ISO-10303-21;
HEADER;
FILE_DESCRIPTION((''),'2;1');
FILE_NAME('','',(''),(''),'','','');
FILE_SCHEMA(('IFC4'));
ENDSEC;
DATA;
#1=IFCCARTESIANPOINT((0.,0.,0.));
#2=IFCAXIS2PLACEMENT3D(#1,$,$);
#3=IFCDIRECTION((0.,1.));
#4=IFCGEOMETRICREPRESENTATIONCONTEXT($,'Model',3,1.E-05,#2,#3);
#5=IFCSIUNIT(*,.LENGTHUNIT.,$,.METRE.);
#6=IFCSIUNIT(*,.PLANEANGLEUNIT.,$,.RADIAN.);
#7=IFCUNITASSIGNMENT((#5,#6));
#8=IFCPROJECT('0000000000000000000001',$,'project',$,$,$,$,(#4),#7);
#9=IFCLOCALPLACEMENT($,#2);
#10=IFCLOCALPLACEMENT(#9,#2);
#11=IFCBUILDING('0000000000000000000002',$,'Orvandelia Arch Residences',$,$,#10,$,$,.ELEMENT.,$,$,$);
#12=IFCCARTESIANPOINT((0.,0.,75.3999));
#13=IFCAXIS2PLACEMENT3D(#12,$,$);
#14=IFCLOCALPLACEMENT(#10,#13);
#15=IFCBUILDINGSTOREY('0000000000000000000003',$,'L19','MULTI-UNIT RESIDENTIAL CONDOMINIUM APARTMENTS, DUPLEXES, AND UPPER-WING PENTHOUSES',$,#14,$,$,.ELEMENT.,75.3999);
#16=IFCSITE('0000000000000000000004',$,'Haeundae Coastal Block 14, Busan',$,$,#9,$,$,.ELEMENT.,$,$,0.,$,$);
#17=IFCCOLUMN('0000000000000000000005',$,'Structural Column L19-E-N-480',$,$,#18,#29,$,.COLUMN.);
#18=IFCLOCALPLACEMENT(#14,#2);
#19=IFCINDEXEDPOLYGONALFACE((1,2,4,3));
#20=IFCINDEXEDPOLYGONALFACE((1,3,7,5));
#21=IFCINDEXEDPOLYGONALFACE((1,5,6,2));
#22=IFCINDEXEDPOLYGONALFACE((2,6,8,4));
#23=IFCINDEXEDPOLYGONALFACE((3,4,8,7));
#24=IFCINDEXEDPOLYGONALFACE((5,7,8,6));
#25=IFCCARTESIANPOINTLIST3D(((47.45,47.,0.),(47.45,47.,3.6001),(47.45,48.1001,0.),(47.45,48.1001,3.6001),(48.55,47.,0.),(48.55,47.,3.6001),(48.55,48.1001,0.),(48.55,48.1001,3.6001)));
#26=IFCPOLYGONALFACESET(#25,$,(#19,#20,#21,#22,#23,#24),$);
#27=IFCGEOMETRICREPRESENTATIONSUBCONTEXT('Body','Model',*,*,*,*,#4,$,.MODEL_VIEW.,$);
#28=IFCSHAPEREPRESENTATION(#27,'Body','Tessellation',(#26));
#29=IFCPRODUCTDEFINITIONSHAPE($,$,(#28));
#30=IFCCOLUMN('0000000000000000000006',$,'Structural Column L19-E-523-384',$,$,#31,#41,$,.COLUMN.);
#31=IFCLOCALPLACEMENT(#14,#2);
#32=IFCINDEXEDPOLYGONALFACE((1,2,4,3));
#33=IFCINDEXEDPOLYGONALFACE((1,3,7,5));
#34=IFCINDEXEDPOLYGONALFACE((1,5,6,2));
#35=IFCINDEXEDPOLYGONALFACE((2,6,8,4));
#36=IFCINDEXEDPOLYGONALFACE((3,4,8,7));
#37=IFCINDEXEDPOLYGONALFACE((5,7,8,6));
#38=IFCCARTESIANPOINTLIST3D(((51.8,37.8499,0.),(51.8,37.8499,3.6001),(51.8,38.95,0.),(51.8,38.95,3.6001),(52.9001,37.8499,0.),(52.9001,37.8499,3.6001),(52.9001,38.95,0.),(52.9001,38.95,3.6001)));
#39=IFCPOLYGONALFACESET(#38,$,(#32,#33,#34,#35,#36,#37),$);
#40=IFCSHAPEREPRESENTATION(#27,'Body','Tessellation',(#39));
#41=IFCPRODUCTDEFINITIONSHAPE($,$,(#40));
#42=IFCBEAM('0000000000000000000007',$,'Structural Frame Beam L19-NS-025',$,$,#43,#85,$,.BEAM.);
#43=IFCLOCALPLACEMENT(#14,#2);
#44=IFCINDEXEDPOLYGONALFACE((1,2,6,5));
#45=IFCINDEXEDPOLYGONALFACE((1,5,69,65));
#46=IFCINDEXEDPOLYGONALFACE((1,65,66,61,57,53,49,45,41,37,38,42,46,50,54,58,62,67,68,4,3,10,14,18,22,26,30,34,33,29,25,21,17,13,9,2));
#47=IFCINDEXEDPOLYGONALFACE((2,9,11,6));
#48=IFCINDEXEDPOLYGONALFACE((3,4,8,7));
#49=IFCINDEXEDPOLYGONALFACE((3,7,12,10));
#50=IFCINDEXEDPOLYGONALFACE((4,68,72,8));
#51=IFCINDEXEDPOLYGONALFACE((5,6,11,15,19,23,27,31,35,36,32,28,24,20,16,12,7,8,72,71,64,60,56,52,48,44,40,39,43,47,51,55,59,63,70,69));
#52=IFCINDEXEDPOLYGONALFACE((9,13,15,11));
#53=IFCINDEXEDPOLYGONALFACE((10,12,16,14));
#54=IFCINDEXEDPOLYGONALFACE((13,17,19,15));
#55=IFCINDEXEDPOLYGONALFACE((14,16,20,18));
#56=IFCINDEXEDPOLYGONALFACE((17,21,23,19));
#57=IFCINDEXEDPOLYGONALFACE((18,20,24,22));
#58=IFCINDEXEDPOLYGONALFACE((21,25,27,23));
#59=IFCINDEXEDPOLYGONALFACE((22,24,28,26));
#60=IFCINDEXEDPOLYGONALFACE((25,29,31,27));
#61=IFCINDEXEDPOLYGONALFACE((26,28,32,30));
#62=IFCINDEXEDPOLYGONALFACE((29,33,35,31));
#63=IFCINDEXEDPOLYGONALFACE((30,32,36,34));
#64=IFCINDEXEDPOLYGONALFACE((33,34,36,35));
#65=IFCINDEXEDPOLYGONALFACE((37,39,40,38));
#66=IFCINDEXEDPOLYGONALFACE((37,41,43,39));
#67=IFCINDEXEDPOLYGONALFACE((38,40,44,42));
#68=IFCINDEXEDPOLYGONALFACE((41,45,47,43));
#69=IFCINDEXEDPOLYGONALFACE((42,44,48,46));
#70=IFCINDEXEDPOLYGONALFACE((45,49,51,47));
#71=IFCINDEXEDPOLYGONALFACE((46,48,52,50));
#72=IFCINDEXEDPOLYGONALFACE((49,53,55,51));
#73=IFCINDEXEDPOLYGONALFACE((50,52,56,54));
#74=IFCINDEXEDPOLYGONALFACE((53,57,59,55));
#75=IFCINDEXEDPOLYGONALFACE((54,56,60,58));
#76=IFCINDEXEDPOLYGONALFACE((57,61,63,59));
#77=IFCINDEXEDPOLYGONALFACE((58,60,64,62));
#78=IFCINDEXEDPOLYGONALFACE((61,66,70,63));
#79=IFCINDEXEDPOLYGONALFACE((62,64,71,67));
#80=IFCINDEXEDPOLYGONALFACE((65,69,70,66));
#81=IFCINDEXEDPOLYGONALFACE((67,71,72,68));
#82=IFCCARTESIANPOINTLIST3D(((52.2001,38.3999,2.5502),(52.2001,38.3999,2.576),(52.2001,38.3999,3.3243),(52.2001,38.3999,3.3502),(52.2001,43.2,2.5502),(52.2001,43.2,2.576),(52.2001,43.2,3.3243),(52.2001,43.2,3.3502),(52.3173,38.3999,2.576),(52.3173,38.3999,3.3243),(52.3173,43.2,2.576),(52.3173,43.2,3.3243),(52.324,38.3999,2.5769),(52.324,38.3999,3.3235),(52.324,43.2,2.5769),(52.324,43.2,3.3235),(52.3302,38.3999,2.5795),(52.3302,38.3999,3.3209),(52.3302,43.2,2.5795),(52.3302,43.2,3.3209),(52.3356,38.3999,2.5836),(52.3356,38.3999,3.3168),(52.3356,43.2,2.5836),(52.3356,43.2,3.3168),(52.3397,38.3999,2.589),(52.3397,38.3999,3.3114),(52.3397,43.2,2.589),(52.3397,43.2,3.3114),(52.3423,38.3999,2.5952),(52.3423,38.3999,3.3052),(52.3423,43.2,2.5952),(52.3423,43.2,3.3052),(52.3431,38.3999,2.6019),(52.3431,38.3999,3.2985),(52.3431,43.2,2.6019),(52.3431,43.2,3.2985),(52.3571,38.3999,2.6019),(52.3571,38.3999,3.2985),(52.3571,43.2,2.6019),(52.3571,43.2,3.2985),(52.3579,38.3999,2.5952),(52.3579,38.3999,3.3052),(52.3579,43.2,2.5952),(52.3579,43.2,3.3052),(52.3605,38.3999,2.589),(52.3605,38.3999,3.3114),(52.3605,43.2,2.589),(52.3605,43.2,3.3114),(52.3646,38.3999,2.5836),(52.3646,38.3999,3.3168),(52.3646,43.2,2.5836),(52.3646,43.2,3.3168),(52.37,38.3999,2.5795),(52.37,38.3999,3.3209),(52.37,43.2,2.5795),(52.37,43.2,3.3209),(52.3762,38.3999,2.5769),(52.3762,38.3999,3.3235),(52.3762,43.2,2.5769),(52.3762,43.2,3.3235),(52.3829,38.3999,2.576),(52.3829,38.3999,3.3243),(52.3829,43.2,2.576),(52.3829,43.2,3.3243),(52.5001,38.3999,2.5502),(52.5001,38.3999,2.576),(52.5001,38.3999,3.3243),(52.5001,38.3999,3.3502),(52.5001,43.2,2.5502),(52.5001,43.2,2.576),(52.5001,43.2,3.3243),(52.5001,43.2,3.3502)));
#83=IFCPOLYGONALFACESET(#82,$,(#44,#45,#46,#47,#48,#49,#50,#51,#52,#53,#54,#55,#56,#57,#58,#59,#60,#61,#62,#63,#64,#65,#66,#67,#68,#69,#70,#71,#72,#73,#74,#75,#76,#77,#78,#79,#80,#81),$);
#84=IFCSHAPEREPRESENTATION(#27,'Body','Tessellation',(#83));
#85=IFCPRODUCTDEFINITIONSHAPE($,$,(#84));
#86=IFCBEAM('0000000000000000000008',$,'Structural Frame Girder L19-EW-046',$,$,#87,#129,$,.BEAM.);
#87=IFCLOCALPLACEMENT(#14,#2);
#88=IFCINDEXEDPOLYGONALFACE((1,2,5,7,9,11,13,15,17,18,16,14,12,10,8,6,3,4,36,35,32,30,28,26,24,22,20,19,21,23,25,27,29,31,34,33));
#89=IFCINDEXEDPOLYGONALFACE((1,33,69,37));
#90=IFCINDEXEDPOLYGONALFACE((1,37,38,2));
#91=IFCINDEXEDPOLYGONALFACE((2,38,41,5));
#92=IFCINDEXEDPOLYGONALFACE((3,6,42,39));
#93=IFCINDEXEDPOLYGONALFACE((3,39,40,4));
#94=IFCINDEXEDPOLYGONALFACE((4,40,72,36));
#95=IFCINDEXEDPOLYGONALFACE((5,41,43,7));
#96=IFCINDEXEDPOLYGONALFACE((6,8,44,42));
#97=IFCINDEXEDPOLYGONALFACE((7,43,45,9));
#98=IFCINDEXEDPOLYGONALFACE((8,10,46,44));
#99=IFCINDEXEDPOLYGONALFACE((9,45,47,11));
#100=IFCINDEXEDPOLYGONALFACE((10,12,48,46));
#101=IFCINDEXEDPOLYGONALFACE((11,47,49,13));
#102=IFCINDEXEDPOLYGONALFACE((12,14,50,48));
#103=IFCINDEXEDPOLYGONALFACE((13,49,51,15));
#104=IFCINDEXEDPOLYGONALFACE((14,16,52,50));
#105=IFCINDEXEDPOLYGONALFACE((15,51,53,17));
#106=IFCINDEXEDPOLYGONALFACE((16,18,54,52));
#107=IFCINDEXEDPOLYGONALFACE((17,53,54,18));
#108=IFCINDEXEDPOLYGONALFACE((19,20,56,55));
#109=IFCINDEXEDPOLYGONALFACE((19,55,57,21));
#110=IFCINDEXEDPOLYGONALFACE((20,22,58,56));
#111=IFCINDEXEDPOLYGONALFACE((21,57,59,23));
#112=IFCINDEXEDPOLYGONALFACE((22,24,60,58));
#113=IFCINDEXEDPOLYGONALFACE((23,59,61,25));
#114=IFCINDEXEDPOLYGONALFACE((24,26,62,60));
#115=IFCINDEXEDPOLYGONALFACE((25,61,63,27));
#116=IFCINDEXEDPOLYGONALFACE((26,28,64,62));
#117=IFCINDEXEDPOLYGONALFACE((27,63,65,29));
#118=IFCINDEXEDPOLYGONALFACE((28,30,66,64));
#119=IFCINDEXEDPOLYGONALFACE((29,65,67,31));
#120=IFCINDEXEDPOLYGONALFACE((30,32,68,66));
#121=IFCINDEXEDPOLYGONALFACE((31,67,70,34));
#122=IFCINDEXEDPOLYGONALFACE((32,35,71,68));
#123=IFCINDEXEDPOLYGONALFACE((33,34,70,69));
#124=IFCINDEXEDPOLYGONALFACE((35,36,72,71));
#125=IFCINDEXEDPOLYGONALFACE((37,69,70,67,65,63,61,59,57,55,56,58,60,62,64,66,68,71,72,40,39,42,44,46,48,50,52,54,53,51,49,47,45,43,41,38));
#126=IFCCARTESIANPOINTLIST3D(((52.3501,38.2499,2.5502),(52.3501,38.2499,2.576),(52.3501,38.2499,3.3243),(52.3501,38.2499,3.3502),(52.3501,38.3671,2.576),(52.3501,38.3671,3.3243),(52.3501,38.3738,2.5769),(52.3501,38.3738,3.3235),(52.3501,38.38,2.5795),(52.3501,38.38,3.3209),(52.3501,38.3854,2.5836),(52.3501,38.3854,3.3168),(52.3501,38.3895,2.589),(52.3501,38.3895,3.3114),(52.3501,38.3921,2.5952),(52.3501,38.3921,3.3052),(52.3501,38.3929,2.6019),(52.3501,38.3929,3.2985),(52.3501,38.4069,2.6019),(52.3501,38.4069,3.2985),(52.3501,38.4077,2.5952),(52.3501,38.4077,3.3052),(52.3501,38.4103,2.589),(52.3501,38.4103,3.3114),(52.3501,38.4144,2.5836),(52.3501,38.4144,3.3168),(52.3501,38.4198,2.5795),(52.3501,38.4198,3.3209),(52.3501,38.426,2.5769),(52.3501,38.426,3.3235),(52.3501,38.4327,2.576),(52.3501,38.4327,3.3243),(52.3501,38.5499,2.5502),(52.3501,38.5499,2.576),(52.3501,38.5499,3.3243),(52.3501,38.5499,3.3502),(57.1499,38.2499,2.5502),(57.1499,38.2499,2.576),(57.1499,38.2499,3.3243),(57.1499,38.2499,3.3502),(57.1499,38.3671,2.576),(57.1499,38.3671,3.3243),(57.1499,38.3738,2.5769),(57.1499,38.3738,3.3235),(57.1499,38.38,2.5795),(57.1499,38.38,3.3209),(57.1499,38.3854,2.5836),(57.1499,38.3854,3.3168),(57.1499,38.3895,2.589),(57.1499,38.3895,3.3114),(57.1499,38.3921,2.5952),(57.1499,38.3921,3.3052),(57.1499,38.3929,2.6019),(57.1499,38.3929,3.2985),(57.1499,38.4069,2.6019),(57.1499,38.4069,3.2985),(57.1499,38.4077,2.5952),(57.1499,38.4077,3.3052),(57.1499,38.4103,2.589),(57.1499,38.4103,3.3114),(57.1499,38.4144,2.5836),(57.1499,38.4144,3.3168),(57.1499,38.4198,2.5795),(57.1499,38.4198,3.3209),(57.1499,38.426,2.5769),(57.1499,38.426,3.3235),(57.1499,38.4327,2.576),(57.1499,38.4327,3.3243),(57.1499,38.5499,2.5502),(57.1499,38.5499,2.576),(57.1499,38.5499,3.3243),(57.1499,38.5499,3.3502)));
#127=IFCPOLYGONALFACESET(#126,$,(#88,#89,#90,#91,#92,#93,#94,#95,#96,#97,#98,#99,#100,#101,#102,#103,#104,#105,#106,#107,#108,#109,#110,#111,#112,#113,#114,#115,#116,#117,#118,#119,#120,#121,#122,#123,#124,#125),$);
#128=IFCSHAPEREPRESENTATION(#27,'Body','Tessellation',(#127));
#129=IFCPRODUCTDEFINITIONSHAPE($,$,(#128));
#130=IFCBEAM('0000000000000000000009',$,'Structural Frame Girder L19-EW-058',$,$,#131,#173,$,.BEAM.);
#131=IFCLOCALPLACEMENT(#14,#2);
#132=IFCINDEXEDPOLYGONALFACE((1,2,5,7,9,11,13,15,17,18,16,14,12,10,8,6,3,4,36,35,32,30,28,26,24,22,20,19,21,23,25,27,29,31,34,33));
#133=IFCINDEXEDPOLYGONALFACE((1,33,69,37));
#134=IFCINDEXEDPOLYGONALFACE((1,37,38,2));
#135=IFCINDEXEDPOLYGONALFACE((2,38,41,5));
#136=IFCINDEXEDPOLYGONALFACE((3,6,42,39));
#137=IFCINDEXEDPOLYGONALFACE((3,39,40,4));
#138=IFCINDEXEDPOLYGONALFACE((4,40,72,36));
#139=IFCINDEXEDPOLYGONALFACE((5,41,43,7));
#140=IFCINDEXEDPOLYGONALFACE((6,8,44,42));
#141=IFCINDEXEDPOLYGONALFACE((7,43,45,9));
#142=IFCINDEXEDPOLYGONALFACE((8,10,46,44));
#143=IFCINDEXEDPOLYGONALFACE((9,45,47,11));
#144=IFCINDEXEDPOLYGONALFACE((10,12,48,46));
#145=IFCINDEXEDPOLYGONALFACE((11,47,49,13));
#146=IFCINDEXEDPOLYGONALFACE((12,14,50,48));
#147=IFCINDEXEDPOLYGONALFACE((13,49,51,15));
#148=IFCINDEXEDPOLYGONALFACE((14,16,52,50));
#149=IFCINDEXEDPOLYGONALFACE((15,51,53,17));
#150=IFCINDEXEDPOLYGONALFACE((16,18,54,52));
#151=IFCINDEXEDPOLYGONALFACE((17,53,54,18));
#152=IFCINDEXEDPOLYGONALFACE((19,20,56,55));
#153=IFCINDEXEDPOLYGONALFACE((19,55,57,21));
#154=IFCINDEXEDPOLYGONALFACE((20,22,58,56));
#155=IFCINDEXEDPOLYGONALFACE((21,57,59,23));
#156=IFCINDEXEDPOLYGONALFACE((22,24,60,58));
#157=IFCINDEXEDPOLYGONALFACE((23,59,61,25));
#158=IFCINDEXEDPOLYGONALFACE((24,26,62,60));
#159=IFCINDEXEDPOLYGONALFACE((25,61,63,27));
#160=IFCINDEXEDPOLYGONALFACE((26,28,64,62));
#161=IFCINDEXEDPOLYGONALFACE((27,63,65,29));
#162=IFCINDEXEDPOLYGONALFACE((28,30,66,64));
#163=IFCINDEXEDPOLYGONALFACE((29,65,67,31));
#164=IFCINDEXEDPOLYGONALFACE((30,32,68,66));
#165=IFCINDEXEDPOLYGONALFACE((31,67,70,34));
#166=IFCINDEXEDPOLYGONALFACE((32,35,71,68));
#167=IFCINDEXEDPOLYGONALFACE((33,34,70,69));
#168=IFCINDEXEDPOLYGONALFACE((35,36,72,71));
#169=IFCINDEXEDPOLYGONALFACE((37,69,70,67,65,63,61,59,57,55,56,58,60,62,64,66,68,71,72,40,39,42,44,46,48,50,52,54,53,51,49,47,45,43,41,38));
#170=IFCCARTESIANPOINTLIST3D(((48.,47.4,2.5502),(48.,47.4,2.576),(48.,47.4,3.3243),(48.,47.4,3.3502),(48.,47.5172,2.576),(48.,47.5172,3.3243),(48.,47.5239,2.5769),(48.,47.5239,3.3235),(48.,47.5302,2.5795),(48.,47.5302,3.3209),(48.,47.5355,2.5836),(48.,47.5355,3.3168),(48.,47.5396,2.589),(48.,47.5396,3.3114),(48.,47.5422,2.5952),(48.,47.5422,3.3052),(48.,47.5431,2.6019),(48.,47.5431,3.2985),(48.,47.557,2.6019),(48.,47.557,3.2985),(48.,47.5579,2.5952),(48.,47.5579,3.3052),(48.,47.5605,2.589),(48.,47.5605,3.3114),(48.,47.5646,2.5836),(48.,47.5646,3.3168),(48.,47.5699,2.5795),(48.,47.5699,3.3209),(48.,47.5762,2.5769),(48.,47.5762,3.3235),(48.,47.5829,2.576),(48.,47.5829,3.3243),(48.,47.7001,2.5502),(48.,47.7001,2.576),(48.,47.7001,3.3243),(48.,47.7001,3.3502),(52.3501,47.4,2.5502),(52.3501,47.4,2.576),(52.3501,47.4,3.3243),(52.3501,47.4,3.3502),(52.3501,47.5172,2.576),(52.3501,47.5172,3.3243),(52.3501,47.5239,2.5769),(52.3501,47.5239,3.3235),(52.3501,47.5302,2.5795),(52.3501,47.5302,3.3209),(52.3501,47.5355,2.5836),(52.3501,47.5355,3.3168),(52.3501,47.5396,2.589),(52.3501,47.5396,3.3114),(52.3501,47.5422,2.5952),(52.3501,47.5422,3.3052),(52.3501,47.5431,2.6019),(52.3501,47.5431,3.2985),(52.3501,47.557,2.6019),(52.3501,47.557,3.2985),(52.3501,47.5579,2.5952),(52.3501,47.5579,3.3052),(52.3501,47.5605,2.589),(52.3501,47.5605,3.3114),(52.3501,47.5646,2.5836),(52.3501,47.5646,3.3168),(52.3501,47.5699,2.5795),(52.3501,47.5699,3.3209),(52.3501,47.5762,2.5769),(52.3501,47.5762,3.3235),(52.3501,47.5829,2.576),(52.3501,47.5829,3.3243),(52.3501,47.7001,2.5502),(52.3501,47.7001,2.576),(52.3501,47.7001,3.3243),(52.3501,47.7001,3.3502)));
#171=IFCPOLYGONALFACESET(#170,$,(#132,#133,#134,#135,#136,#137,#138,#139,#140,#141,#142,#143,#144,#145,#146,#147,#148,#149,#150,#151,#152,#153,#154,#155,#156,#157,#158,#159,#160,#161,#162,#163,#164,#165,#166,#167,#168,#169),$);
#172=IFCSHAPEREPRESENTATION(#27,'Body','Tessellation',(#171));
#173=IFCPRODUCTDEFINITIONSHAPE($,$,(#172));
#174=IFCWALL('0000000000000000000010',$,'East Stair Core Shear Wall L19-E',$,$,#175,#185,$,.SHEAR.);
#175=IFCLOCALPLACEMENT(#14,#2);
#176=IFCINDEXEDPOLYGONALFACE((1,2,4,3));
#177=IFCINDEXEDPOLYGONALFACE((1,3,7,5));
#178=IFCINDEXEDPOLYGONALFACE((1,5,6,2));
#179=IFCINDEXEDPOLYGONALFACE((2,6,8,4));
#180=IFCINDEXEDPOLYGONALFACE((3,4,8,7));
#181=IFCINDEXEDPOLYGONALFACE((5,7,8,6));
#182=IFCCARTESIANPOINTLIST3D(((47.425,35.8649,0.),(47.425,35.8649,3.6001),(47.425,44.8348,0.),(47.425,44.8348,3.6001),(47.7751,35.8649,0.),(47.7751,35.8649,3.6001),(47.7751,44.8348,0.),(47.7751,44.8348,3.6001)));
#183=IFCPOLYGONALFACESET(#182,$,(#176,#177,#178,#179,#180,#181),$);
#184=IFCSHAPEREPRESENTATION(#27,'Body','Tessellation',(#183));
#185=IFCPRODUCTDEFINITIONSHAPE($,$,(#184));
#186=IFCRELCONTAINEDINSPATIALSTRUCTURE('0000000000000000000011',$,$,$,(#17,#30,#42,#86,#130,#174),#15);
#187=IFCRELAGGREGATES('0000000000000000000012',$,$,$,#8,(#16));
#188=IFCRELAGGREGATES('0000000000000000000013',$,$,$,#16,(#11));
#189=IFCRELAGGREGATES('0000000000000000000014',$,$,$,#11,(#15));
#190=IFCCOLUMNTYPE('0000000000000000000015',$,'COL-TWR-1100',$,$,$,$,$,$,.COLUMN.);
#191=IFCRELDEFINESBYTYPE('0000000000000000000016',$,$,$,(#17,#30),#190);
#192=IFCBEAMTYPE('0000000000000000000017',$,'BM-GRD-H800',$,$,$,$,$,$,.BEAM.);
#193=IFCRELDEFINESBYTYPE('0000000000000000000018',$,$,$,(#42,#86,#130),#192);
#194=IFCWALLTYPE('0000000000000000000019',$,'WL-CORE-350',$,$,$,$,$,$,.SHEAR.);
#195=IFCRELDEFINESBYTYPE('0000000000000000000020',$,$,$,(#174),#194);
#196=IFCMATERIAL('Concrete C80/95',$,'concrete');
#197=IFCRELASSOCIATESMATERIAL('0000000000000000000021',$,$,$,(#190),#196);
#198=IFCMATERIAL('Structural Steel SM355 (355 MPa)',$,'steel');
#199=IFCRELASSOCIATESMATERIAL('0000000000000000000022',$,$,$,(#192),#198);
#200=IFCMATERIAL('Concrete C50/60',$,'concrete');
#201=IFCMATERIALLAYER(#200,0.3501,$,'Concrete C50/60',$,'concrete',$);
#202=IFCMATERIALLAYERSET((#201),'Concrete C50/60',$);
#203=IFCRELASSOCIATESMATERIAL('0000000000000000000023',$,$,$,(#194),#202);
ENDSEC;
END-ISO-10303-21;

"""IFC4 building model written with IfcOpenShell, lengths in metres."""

from ifc_helpers import new_model, si_unit, direction, frame, frame_2d, origin, origin_2d, place, context, subcontext, project, spatial, rectangle, i_section, extrude, material, layer, layer_set, material_profile, profile_set, type_object, element, save


model = new_model("IFC4")

# Units and contexts
model_context = context("Model", 3, precision=1e-05, world=origin(), true_north=direction((0.0, 1.0)))
body_context = subcontext(model_context, "Body", "Model", "MODEL_VIEW")
ifc_project = project(units=[si_unit("LENGTHUNIT", "METRE"), si_unit("PLANEANGLEUNIT", "RADIAN")], contexts=[model_context])

# Site, building, storey
site_placement = place(None, origin())
site = spatial("IfcSite", under=ifc_project, at=site_placement, Name="Haeundae Coastal Block 14, Busan", CompositionType="ELEMENT", RefElevation=0.0)
building_placement = place(site_placement, origin())
building = spatial("IfcBuilding", under=site, at=building_placement, Name="Orvandelia Arch Residences", CompositionType="ELEMENT")
storey_placement = place(building_placement, frame((0.0, 0.0, 75.3999)))
storey = spatial("IfcBuildingStorey", under=building, at=storey_placement, Name="L19", Description="MULTI-UNIT RESIDENTIAL CONDOMINIUM APARTMENTS, DUPLEXES, AND UPPER-WING PENTHOUSES", CompositionType="ELEMENT", Elevation=75.3999)

# Columns
ifc_material_1 = material(Name="Concrete C80/95", Category="concrete")
ifc_material_profile_1 = material_profile(ifc_material_1, rectangle(XDim=1.1001, YDim=1.1001, at=origin_2d()), Name="Concrete C80/95", Category="concrete")
ifc_profile_set_1 = profile_set([ifc_material_profile_1], Name="Concrete C80/95")
column_type = type_object("IfcColumnType", Name="COL-TWR-1100", PredefinedType="COLUMN", material=ifc_profile_set_1)
for number, where, z_axis, x_axis, name in (
    (1, (48.0, 47.55, 0.0), (0.0, 0.0, 1.0), (1.0, 0.0, 0.0), "Structural Column L19-E-N-480"),
    (2, (52.3501, 38.3999, 0.0), (0.0, 0.0, 1.0), (1.0, 0.0, 0.0), "Structural Column L19-E-523-384"),
):
    element("IfcColumn", number, at=place(storey_placement, frame(where, z_axis=z_axis, x_axis=x_axis)), inside=storey, type_object=column_type, Name=name, PredefinedType="COLUMN", context=body_context, shape_type="SweptSolid", body=[
        extrude(rectangle(XDim=1.1001, YDim=1.1001, at=origin_2d()), origin(), (0.0, 0.0, 1.0), 3.6001),
    ])

# Beams
ifc_material_2 = material(Name="Structural Steel SM355 (355 MPa)", Category="steel")
ifc_material_profile_2 = material_profile(ifc_material_2, i_section(OverallWidth=0.3, OverallDepth=0.8, WebThickness=0.0139, FlangeThickness=0.0259, FilletRadius=0.0259, at=origin_2d()), Name="Structural Steel SM355 (355 MPa)", Category="steel")
ifc_profile_set_2 = profile_set([ifc_material_profile_2], Name="Structural Steel SM355 (355 MPa)")
beam_type = type_object("IfcBeamType", Name="BM-GRD-H800", PredefinedType="BEAM", material=ifc_profile_set_2)
beam_1_placement = place(storey_placement, frame((52.3501, 38.3999, 2.9502), z_axis=(0.0, 1.0, 0.0), x_axis=(-1.0, 0.0, 0.0)))
element("IfcBeam", 3, at=beam_1_placement, inside=storey, type_object=beam_type, Name="Structural Frame Beam L19-NS-025", PredefinedType="BEAM", context=body_context, shape_type="SweptSolid", body=[
    extrude(i_section(OverallWidth=0.3, OverallDepth=0.8, WebThickness=0.0139, FlangeThickness=0.0259, FilletRadius=0.0259, at=origin_2d()), origin(), (0.0, 0.0, 1.0), 4.8),
])
beam_2_placement = place(storey_placement, frame((52.3501, 38.3999, 2.9502), z_axis=(1.0, 0.0, 0.0), x_axis=(0.0, 1.0, 0.0)))
element("IfcBeam", 4, at=beam_2_placement, inside=storey, type_object=beam_type, Name="Structural Frame Girder L19-EW-046", PredefinedType="BEAM", context=body_context, shape_type="SweptSolid", body=[
    extrude(i_section(OverallWidth=0.3, OverallDepth=0.8, WebThickness=0.0139, FlangeThickness=0.0259, FilletRadius=0.0259, at=origin_2d()), origin(), (0.0, 0.0, 1.0), 4.7998),
])
beam_3_placement = place(storey_placement, frame((48.0, 47.55, 2.9502), z_axis=(1.0, 0.0, 0.0), x_axis=(0.0, 1.0, 0.0)))
element("IfcBeam", 5, at=beam_3_placement, inside=storey, type_object=beam_type, Name="Structural Frame Girder L19-EW-058", PredefinedType="BEAM", context=body_context, shape_type="SweptSolid", body=[
    extrude(i_section(OverallWidth=0.3, OverallDepth=0.8, WebThickness=0.0139, FlangeThickness=0.0259, FilletRadius=0.0259, at=origin_2d()), origin(), (0.0, 0.0, 1.0), 4.3501),
])

# Wall
ifc_material_3 = material(Name="Concrete C50/60", Category="concrete")
ifc_layer_1 = layer(ifc_material_3, 0.3501, Name="Concrete C50/60", Category="concrete")
ifc_layer_set_1 = layer_set([ifc_layer_1], Name="Concrete C50/60")
wall_type_1 = type_object("IfcWallType", Name="WL-CORE-350", PredefinedType="SHEAR", material=ifc_layer_set_1)
wall_1_placement = place(storey_placement, frame((47.6001, 35.865, 0.0), z_axis=(0.0, 0.0, 1.0), x_axis=(0.0, 1.0, 0.0)))
element("IfcWall", 6, at=wall_1_placement, inside=storey, type_object=wall_type_1, Name="East Stair Core Shear Wall L19-E", PredefinedType="SHEAR", context=body_context, shape_type="SweptSolid", body=[
    extrude(rectangle(XDim=8.97, YDim=0.3501, at=frame_2d((4.4849, 0.0))), origin(), (0.0, 0.0, 1.0), 3.6001),
])

save(model, "model.ifc")
